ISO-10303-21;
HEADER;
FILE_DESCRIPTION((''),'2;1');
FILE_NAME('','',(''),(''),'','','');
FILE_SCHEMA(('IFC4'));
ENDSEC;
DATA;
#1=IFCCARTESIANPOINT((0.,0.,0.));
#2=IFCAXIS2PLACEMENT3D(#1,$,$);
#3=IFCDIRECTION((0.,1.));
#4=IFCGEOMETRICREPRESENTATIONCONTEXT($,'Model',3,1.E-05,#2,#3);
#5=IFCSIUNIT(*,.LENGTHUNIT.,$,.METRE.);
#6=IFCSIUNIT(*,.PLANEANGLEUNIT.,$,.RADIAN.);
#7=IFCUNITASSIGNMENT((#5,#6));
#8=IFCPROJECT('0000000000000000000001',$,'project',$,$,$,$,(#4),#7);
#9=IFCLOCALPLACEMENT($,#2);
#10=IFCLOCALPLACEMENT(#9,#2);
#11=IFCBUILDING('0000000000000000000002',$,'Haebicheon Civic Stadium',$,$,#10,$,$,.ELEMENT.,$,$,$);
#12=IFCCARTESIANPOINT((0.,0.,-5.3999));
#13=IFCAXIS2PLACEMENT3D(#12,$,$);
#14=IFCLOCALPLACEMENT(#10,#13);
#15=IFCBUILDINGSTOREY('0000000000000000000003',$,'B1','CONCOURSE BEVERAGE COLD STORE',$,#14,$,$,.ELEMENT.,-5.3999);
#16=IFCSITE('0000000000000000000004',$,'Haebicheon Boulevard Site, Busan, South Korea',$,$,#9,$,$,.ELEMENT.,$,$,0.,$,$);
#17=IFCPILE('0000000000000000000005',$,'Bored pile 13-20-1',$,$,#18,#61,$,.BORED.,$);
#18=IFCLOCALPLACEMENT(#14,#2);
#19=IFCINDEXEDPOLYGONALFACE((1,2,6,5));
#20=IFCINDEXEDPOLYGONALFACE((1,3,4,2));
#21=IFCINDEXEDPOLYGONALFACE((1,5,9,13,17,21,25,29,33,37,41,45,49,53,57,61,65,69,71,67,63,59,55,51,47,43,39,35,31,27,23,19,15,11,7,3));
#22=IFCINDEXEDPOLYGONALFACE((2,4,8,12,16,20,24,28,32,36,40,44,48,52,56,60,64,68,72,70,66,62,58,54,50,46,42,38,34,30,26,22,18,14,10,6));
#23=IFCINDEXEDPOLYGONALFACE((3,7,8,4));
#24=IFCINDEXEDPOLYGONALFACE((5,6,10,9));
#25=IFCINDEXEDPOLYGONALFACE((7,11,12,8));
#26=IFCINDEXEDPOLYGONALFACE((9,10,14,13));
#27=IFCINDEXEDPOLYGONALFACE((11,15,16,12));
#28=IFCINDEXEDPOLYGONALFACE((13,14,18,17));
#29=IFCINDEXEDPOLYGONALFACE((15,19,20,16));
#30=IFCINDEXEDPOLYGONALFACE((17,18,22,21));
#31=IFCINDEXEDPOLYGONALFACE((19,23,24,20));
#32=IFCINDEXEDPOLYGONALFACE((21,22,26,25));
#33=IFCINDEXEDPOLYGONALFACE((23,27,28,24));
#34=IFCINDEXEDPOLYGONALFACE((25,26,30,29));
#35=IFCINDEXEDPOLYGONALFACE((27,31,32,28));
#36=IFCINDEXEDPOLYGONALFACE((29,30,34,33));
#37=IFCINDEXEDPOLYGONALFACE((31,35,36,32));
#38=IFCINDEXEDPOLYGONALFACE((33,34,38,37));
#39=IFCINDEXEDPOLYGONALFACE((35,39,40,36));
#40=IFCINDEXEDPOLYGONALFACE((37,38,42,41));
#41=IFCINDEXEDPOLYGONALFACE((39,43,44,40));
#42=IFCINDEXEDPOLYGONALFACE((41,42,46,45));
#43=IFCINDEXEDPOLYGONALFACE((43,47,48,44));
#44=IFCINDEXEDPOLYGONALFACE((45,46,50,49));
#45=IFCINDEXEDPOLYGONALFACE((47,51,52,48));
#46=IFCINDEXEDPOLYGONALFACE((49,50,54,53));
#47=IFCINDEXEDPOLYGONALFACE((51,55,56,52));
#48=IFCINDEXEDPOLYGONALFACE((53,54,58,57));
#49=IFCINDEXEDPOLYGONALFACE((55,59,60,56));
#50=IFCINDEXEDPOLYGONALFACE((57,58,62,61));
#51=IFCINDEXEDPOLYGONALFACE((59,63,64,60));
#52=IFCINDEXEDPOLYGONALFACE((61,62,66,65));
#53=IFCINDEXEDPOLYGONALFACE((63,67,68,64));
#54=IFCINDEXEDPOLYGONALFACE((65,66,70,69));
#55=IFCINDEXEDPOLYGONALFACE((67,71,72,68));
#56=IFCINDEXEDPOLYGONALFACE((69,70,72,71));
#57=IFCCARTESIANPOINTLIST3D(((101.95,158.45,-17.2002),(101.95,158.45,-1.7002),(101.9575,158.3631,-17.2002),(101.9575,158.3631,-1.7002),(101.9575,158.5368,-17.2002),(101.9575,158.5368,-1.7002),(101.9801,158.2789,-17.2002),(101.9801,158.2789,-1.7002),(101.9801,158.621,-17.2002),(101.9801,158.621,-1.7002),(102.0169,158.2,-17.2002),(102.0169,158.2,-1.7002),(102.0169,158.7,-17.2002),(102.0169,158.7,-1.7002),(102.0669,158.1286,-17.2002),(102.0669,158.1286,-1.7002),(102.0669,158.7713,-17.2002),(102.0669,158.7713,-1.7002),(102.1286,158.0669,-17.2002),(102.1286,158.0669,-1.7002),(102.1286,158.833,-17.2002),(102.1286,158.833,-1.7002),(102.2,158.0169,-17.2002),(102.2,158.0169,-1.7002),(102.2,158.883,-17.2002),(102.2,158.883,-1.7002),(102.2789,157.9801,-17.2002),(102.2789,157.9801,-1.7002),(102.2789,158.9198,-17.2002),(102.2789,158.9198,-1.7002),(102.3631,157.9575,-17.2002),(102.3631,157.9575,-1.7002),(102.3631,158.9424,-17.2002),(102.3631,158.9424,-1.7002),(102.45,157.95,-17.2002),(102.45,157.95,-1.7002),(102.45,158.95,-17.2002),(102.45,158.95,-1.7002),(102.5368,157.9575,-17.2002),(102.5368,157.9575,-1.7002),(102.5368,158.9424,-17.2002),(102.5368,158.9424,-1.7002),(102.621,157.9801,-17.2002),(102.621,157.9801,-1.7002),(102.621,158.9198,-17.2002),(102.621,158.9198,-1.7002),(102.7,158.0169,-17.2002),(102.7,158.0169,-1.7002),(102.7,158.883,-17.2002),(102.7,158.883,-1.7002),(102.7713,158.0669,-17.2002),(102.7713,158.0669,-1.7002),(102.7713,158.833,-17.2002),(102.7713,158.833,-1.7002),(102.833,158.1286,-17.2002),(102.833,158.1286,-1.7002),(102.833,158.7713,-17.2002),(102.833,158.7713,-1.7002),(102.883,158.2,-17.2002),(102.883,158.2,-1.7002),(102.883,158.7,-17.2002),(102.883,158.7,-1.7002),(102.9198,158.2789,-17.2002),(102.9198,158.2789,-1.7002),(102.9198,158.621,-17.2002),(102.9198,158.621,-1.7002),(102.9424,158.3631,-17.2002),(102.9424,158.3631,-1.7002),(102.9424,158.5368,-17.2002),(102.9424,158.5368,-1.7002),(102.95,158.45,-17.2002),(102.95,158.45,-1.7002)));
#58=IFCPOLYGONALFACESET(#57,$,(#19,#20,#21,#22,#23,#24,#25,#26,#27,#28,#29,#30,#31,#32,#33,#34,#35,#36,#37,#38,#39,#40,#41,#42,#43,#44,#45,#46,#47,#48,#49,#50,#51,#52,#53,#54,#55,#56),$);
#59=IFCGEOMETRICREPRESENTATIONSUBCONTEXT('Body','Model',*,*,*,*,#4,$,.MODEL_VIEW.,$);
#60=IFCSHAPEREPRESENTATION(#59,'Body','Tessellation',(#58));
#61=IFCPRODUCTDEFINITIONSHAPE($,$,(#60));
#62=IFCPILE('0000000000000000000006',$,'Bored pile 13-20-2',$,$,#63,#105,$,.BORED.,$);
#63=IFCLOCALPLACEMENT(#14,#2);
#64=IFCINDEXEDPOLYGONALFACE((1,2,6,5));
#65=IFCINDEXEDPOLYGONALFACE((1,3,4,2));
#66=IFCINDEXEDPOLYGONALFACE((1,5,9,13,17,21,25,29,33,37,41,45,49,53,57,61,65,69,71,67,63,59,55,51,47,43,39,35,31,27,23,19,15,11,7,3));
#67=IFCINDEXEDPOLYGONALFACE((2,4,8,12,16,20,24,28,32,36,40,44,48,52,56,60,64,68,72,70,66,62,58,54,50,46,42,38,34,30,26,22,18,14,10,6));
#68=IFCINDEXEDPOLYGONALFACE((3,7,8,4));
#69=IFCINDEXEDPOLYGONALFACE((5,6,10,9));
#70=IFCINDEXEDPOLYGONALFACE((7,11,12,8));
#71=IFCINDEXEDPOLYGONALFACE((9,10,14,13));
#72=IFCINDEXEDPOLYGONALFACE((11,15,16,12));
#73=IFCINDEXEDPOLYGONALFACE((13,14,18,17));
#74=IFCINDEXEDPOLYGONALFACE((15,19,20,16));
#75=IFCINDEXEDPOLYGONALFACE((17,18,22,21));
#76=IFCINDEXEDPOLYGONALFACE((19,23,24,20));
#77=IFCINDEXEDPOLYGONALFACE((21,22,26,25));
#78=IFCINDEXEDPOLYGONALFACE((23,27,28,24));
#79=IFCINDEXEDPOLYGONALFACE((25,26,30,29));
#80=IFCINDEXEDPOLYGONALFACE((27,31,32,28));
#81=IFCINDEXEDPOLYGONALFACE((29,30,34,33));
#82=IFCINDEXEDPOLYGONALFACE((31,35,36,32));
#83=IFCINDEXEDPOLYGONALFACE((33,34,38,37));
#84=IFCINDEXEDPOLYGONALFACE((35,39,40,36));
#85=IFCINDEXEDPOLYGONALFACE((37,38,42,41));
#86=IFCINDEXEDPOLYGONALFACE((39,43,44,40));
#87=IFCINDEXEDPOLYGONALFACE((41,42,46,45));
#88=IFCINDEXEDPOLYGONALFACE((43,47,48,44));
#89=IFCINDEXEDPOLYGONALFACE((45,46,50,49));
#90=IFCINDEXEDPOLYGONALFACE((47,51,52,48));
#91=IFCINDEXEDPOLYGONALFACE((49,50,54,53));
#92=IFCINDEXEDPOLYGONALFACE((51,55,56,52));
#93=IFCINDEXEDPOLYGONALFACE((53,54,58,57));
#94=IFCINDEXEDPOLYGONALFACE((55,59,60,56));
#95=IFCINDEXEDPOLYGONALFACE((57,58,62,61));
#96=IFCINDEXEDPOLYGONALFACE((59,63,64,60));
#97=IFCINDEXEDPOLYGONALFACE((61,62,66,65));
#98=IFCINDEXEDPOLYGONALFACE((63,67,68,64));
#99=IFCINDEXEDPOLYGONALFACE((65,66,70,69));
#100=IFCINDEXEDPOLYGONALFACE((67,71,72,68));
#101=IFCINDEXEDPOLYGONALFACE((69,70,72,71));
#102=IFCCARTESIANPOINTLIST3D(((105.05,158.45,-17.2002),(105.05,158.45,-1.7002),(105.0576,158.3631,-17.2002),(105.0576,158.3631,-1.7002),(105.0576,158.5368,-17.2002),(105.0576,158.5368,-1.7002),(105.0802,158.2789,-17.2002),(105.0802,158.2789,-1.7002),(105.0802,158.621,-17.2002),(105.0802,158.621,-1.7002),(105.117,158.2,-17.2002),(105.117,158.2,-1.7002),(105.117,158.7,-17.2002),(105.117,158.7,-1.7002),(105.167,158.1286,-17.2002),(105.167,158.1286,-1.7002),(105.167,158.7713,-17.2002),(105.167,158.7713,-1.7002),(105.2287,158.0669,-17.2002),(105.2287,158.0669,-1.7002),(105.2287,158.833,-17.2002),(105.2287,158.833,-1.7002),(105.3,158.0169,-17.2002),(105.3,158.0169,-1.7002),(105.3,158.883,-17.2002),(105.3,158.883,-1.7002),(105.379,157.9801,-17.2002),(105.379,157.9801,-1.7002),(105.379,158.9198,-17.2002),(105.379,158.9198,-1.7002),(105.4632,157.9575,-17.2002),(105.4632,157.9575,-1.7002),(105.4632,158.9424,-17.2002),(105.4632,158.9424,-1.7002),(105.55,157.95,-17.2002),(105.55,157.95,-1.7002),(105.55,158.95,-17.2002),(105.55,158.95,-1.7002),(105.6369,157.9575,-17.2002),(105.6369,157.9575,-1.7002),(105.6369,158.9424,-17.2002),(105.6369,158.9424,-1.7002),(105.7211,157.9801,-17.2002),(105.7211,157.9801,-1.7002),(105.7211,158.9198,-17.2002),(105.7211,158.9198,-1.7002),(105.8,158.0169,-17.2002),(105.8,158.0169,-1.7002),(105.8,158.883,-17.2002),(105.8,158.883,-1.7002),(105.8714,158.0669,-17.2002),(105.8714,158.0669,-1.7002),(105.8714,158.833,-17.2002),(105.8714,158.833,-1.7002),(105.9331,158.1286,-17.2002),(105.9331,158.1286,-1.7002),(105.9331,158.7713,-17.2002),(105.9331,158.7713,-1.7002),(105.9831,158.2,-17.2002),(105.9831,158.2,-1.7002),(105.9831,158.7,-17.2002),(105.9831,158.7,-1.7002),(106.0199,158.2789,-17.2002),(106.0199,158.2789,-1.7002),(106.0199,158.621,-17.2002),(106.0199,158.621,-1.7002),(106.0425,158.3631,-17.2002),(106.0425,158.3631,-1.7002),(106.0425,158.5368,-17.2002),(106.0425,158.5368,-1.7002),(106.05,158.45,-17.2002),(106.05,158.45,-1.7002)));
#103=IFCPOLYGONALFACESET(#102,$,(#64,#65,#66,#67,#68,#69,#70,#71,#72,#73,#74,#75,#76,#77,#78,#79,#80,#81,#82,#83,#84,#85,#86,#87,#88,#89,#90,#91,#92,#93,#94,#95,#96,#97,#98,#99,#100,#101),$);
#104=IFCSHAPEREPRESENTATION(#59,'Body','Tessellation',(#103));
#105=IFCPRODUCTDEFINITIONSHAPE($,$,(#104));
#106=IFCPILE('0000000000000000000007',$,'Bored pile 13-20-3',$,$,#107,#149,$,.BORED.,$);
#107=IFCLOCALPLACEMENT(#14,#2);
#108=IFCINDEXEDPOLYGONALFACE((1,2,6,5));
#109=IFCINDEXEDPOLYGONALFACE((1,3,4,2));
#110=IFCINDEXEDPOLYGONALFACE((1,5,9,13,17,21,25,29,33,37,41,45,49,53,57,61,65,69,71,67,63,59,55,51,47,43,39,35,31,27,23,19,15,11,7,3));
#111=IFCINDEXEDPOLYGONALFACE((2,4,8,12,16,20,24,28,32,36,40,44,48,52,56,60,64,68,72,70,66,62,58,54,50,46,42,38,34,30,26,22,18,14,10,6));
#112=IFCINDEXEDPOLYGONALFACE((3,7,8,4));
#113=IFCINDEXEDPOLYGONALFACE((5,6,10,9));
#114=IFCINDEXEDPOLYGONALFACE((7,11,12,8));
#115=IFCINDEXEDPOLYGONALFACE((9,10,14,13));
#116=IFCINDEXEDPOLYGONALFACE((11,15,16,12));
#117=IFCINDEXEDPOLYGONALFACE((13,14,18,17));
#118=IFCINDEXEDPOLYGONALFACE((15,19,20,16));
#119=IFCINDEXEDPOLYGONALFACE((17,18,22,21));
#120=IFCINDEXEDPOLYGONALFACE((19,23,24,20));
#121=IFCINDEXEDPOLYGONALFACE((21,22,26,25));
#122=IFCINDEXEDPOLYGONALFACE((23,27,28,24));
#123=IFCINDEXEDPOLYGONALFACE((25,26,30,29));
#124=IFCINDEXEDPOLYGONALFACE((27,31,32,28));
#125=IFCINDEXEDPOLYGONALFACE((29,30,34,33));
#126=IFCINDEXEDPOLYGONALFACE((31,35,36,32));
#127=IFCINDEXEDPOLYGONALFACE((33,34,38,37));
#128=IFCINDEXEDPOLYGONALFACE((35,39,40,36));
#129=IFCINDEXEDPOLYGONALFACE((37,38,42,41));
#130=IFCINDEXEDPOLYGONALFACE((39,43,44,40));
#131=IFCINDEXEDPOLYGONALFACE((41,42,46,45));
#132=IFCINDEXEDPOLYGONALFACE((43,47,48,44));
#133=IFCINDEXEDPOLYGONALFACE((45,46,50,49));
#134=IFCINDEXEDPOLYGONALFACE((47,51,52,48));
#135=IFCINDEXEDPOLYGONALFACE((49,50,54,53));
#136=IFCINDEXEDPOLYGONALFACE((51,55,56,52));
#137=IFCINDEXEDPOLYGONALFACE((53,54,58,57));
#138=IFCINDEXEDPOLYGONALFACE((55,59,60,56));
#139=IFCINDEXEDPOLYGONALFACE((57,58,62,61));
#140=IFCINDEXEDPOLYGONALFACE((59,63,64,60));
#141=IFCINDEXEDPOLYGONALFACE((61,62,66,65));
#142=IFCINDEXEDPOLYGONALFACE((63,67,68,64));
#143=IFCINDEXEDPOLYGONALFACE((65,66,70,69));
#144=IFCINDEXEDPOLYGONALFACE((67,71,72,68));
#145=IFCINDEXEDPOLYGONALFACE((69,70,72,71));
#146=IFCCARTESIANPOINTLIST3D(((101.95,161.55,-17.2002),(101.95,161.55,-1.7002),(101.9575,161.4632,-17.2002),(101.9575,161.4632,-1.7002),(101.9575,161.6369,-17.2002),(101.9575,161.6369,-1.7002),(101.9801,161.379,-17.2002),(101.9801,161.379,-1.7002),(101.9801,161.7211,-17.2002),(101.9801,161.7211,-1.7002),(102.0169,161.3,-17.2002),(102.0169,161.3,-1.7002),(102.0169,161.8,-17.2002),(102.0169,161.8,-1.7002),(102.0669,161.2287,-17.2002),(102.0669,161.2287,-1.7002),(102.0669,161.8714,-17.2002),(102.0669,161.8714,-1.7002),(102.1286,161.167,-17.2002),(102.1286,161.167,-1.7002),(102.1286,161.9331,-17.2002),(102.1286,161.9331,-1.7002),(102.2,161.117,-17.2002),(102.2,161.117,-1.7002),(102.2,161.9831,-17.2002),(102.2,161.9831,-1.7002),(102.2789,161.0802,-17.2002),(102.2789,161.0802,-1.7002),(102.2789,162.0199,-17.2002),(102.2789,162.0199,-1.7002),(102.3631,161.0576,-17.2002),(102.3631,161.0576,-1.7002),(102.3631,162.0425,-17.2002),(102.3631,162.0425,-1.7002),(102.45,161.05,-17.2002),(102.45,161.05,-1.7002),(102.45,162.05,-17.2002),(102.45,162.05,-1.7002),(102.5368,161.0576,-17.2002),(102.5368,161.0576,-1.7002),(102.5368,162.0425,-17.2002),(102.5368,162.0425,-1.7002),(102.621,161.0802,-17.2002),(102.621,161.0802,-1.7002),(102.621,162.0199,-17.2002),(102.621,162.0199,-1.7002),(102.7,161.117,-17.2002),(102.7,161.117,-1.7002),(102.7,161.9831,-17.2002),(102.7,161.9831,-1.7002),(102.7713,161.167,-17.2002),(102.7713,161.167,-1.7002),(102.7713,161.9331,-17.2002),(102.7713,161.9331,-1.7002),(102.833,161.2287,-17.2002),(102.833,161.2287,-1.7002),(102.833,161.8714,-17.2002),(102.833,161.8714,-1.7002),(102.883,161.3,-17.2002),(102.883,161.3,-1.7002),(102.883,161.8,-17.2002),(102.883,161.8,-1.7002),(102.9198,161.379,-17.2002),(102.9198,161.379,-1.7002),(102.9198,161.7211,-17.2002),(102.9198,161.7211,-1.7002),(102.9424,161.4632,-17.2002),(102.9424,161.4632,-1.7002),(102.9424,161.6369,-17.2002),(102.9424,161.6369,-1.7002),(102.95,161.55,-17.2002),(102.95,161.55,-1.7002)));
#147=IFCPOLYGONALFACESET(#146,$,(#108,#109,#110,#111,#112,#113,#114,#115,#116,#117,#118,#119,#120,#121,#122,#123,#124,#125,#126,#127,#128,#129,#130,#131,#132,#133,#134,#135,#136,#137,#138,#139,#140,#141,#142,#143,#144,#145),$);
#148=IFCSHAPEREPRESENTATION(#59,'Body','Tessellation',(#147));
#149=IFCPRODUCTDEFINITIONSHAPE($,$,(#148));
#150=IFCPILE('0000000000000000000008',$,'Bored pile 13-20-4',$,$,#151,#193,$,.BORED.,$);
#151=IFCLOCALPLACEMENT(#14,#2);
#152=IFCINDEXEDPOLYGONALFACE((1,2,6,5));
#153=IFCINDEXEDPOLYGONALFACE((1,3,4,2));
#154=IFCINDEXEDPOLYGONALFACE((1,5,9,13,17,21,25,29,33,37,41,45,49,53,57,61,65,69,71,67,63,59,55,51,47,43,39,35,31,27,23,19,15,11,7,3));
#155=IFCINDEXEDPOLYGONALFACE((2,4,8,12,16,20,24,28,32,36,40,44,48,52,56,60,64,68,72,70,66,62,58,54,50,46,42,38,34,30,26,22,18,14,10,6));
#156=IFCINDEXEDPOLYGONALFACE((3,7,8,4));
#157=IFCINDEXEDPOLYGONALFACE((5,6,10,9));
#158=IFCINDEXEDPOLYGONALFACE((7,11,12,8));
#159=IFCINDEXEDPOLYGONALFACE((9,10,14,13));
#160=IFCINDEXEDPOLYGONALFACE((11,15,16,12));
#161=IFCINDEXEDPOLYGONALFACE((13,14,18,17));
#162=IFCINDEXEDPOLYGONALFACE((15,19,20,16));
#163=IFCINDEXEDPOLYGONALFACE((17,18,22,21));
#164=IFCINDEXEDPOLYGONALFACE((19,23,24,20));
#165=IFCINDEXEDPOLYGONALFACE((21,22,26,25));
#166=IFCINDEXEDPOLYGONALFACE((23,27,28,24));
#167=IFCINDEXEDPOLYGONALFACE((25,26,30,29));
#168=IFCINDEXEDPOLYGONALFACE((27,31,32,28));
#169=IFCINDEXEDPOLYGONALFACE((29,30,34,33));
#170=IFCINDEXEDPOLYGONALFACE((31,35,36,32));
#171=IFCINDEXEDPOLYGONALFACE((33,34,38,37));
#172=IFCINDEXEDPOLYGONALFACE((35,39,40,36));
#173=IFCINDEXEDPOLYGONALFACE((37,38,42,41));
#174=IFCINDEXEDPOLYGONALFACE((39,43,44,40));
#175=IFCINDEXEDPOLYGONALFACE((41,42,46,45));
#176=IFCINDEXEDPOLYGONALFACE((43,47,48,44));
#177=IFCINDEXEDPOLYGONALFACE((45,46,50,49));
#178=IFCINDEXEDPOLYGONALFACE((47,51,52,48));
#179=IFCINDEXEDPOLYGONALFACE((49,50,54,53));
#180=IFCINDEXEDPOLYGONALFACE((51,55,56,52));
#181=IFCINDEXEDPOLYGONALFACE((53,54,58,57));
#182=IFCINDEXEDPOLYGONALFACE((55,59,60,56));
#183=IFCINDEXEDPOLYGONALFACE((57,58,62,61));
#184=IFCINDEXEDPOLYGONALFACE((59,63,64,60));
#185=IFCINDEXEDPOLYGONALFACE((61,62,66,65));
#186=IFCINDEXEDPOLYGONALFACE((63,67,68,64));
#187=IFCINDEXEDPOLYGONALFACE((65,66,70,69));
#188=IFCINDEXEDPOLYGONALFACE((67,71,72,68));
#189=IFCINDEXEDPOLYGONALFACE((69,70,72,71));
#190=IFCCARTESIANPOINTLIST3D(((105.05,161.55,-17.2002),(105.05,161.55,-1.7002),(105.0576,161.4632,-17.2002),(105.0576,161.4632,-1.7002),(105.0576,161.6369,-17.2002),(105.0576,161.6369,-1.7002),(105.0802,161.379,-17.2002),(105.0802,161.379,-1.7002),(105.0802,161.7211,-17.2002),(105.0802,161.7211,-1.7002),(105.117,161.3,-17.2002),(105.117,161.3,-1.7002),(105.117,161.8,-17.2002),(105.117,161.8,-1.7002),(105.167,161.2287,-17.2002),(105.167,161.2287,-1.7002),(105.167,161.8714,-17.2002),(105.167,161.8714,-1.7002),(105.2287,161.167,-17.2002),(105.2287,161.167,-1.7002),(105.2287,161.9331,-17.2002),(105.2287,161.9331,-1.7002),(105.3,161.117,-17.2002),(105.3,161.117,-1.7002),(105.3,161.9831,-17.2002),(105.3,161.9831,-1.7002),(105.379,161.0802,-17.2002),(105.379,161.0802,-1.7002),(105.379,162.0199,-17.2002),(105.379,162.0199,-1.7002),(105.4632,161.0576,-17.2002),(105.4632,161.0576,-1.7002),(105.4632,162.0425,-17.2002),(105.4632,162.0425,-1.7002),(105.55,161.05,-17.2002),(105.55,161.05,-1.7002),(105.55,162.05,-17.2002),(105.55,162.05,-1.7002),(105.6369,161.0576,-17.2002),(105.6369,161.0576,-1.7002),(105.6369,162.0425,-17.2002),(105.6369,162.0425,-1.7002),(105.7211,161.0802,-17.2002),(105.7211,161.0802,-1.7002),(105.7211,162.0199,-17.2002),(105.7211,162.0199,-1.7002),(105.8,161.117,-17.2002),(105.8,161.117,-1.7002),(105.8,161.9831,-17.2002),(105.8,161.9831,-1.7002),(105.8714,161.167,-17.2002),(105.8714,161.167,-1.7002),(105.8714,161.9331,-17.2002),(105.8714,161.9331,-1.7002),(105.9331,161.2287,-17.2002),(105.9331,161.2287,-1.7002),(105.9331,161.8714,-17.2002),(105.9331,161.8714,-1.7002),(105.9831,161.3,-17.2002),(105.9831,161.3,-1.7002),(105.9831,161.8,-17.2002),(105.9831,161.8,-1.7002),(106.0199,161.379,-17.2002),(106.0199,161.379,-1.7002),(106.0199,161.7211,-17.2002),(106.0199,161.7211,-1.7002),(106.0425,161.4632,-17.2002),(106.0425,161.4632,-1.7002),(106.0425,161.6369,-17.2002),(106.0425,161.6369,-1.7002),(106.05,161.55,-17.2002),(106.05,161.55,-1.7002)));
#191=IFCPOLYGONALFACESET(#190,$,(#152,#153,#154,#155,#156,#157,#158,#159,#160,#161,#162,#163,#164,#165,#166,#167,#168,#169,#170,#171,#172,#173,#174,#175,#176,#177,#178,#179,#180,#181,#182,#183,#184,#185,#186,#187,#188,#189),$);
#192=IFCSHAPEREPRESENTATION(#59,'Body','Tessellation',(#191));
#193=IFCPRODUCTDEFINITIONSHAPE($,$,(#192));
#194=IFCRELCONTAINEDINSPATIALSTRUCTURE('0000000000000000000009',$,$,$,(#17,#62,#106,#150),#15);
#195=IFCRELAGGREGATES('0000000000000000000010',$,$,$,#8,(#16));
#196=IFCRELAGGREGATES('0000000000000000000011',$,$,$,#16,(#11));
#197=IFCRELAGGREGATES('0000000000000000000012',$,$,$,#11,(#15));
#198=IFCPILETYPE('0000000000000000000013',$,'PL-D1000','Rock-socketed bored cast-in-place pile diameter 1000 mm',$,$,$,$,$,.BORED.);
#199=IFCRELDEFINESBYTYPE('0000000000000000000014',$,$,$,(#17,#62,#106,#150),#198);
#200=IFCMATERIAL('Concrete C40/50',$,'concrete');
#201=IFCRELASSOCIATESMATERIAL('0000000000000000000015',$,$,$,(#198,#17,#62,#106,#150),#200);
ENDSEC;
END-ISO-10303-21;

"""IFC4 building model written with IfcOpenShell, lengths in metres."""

from ifc_helpers import new_model, si_unit, direction, frame, origin, origin_2d, place, context, subcontext, project, spatial, circle, extrude, material, material_profile, profile_set, type_object, element, save


model = new_model("IFC4")

# Units and contexts
model_context = context("Model", 3, precision=1e-05, world=origin(), true_north=direction((0.0, 1.0)))
body_context = subcontext(model_context, "Body", "Model", "MODEL_VIEW")
ifc_project = project(units=[si_unit("LENGTHUNIT", "METRE"), si_unit("PLANEANGLEUNIT", "RADIAN")], contexts=[model_context])

# Site, building, storey
site_placement = place(None, origin())
site = spatial("IfcSite", under=ifc_project, at=site_placement, Name="Haebicheon Boulevard Site, Busan, South Korea", CompositionType="ELEMENT", RefElevation=0.0)
building_placement = place(site_placement, origin())
building = spatial("IfcBuilding", under=site, at=building_placement, Name="Haebicheon Civic Stadium", CompositionType="ELEMENT")
storey_placement = place(building_placement, frame((0.0, 0.0, -5.3999)))
storey = spatial("IfcBuildingStorey", under=building, at=storey_placement, Name="B1", Description="CONCOURSE BEVERAGE COLD STORE", CompositionType="ELEMENT", Elevation=-5.3999)

# Piles
ifc_material_1 = material(Name="Concrete C40/50", Category="concrete")
ifc_material_profile_1 = material_profile(ifc_material_1, circle(Radius=0.5, at=origin_2d()), Name="PILE-D1000")
ifc_profile_set_1 = profile_set([ifc_material_profile_1], Name="Concrete C40/50")
pile_type = type_object("IfcPileType", Name="PL-D1000", Description="Rock-socketed bored cast-in-place pile diameter 1000 mm", PredefinedType="BORED", material=ifc_profile_set_1)
for number, where, z_axis, x_axis, name in (
    (1, (102.45, 158.45, -1.7002), (0.0, 0.0, -1.0), (1.0, 0.0, 0.0), "Bored pile 13-20-1"),
    (2, (105.55, 158.45, -1.7002), (0.0, 0.0, -1.0), (1.0, 0.0, 0.0), "Bored pile 13-20-2"),
    (3, (102.45, 161.55, -1.7002), (0.0, 0.0, -1.0), (1.0, 0.0, 0.0), "Bored pile 13-20-3"),
    (4, (105.55, 161.55, -1.7002), (0.0, 0.0, -1.0), (1.0, 0.0, 0.0), "Bored pile 13-20-4"),
):
    element("IfcPile", number, at=place(storey_placement, frame(where, z_axis=z_axis, x_axis=x_axis)), inside=storey, type_object=pile_type, material=ifc_profile_set_1, Name=name, PredefinedType="BORED", context=body_context, shape_type="SweptSolid", body=[
        extrude(circle(Radius=0.5, at=origin_2d()), origin(), (0.0, 0.0, 1.0), 15.5),
    ])

save(model, "model.ifc")
